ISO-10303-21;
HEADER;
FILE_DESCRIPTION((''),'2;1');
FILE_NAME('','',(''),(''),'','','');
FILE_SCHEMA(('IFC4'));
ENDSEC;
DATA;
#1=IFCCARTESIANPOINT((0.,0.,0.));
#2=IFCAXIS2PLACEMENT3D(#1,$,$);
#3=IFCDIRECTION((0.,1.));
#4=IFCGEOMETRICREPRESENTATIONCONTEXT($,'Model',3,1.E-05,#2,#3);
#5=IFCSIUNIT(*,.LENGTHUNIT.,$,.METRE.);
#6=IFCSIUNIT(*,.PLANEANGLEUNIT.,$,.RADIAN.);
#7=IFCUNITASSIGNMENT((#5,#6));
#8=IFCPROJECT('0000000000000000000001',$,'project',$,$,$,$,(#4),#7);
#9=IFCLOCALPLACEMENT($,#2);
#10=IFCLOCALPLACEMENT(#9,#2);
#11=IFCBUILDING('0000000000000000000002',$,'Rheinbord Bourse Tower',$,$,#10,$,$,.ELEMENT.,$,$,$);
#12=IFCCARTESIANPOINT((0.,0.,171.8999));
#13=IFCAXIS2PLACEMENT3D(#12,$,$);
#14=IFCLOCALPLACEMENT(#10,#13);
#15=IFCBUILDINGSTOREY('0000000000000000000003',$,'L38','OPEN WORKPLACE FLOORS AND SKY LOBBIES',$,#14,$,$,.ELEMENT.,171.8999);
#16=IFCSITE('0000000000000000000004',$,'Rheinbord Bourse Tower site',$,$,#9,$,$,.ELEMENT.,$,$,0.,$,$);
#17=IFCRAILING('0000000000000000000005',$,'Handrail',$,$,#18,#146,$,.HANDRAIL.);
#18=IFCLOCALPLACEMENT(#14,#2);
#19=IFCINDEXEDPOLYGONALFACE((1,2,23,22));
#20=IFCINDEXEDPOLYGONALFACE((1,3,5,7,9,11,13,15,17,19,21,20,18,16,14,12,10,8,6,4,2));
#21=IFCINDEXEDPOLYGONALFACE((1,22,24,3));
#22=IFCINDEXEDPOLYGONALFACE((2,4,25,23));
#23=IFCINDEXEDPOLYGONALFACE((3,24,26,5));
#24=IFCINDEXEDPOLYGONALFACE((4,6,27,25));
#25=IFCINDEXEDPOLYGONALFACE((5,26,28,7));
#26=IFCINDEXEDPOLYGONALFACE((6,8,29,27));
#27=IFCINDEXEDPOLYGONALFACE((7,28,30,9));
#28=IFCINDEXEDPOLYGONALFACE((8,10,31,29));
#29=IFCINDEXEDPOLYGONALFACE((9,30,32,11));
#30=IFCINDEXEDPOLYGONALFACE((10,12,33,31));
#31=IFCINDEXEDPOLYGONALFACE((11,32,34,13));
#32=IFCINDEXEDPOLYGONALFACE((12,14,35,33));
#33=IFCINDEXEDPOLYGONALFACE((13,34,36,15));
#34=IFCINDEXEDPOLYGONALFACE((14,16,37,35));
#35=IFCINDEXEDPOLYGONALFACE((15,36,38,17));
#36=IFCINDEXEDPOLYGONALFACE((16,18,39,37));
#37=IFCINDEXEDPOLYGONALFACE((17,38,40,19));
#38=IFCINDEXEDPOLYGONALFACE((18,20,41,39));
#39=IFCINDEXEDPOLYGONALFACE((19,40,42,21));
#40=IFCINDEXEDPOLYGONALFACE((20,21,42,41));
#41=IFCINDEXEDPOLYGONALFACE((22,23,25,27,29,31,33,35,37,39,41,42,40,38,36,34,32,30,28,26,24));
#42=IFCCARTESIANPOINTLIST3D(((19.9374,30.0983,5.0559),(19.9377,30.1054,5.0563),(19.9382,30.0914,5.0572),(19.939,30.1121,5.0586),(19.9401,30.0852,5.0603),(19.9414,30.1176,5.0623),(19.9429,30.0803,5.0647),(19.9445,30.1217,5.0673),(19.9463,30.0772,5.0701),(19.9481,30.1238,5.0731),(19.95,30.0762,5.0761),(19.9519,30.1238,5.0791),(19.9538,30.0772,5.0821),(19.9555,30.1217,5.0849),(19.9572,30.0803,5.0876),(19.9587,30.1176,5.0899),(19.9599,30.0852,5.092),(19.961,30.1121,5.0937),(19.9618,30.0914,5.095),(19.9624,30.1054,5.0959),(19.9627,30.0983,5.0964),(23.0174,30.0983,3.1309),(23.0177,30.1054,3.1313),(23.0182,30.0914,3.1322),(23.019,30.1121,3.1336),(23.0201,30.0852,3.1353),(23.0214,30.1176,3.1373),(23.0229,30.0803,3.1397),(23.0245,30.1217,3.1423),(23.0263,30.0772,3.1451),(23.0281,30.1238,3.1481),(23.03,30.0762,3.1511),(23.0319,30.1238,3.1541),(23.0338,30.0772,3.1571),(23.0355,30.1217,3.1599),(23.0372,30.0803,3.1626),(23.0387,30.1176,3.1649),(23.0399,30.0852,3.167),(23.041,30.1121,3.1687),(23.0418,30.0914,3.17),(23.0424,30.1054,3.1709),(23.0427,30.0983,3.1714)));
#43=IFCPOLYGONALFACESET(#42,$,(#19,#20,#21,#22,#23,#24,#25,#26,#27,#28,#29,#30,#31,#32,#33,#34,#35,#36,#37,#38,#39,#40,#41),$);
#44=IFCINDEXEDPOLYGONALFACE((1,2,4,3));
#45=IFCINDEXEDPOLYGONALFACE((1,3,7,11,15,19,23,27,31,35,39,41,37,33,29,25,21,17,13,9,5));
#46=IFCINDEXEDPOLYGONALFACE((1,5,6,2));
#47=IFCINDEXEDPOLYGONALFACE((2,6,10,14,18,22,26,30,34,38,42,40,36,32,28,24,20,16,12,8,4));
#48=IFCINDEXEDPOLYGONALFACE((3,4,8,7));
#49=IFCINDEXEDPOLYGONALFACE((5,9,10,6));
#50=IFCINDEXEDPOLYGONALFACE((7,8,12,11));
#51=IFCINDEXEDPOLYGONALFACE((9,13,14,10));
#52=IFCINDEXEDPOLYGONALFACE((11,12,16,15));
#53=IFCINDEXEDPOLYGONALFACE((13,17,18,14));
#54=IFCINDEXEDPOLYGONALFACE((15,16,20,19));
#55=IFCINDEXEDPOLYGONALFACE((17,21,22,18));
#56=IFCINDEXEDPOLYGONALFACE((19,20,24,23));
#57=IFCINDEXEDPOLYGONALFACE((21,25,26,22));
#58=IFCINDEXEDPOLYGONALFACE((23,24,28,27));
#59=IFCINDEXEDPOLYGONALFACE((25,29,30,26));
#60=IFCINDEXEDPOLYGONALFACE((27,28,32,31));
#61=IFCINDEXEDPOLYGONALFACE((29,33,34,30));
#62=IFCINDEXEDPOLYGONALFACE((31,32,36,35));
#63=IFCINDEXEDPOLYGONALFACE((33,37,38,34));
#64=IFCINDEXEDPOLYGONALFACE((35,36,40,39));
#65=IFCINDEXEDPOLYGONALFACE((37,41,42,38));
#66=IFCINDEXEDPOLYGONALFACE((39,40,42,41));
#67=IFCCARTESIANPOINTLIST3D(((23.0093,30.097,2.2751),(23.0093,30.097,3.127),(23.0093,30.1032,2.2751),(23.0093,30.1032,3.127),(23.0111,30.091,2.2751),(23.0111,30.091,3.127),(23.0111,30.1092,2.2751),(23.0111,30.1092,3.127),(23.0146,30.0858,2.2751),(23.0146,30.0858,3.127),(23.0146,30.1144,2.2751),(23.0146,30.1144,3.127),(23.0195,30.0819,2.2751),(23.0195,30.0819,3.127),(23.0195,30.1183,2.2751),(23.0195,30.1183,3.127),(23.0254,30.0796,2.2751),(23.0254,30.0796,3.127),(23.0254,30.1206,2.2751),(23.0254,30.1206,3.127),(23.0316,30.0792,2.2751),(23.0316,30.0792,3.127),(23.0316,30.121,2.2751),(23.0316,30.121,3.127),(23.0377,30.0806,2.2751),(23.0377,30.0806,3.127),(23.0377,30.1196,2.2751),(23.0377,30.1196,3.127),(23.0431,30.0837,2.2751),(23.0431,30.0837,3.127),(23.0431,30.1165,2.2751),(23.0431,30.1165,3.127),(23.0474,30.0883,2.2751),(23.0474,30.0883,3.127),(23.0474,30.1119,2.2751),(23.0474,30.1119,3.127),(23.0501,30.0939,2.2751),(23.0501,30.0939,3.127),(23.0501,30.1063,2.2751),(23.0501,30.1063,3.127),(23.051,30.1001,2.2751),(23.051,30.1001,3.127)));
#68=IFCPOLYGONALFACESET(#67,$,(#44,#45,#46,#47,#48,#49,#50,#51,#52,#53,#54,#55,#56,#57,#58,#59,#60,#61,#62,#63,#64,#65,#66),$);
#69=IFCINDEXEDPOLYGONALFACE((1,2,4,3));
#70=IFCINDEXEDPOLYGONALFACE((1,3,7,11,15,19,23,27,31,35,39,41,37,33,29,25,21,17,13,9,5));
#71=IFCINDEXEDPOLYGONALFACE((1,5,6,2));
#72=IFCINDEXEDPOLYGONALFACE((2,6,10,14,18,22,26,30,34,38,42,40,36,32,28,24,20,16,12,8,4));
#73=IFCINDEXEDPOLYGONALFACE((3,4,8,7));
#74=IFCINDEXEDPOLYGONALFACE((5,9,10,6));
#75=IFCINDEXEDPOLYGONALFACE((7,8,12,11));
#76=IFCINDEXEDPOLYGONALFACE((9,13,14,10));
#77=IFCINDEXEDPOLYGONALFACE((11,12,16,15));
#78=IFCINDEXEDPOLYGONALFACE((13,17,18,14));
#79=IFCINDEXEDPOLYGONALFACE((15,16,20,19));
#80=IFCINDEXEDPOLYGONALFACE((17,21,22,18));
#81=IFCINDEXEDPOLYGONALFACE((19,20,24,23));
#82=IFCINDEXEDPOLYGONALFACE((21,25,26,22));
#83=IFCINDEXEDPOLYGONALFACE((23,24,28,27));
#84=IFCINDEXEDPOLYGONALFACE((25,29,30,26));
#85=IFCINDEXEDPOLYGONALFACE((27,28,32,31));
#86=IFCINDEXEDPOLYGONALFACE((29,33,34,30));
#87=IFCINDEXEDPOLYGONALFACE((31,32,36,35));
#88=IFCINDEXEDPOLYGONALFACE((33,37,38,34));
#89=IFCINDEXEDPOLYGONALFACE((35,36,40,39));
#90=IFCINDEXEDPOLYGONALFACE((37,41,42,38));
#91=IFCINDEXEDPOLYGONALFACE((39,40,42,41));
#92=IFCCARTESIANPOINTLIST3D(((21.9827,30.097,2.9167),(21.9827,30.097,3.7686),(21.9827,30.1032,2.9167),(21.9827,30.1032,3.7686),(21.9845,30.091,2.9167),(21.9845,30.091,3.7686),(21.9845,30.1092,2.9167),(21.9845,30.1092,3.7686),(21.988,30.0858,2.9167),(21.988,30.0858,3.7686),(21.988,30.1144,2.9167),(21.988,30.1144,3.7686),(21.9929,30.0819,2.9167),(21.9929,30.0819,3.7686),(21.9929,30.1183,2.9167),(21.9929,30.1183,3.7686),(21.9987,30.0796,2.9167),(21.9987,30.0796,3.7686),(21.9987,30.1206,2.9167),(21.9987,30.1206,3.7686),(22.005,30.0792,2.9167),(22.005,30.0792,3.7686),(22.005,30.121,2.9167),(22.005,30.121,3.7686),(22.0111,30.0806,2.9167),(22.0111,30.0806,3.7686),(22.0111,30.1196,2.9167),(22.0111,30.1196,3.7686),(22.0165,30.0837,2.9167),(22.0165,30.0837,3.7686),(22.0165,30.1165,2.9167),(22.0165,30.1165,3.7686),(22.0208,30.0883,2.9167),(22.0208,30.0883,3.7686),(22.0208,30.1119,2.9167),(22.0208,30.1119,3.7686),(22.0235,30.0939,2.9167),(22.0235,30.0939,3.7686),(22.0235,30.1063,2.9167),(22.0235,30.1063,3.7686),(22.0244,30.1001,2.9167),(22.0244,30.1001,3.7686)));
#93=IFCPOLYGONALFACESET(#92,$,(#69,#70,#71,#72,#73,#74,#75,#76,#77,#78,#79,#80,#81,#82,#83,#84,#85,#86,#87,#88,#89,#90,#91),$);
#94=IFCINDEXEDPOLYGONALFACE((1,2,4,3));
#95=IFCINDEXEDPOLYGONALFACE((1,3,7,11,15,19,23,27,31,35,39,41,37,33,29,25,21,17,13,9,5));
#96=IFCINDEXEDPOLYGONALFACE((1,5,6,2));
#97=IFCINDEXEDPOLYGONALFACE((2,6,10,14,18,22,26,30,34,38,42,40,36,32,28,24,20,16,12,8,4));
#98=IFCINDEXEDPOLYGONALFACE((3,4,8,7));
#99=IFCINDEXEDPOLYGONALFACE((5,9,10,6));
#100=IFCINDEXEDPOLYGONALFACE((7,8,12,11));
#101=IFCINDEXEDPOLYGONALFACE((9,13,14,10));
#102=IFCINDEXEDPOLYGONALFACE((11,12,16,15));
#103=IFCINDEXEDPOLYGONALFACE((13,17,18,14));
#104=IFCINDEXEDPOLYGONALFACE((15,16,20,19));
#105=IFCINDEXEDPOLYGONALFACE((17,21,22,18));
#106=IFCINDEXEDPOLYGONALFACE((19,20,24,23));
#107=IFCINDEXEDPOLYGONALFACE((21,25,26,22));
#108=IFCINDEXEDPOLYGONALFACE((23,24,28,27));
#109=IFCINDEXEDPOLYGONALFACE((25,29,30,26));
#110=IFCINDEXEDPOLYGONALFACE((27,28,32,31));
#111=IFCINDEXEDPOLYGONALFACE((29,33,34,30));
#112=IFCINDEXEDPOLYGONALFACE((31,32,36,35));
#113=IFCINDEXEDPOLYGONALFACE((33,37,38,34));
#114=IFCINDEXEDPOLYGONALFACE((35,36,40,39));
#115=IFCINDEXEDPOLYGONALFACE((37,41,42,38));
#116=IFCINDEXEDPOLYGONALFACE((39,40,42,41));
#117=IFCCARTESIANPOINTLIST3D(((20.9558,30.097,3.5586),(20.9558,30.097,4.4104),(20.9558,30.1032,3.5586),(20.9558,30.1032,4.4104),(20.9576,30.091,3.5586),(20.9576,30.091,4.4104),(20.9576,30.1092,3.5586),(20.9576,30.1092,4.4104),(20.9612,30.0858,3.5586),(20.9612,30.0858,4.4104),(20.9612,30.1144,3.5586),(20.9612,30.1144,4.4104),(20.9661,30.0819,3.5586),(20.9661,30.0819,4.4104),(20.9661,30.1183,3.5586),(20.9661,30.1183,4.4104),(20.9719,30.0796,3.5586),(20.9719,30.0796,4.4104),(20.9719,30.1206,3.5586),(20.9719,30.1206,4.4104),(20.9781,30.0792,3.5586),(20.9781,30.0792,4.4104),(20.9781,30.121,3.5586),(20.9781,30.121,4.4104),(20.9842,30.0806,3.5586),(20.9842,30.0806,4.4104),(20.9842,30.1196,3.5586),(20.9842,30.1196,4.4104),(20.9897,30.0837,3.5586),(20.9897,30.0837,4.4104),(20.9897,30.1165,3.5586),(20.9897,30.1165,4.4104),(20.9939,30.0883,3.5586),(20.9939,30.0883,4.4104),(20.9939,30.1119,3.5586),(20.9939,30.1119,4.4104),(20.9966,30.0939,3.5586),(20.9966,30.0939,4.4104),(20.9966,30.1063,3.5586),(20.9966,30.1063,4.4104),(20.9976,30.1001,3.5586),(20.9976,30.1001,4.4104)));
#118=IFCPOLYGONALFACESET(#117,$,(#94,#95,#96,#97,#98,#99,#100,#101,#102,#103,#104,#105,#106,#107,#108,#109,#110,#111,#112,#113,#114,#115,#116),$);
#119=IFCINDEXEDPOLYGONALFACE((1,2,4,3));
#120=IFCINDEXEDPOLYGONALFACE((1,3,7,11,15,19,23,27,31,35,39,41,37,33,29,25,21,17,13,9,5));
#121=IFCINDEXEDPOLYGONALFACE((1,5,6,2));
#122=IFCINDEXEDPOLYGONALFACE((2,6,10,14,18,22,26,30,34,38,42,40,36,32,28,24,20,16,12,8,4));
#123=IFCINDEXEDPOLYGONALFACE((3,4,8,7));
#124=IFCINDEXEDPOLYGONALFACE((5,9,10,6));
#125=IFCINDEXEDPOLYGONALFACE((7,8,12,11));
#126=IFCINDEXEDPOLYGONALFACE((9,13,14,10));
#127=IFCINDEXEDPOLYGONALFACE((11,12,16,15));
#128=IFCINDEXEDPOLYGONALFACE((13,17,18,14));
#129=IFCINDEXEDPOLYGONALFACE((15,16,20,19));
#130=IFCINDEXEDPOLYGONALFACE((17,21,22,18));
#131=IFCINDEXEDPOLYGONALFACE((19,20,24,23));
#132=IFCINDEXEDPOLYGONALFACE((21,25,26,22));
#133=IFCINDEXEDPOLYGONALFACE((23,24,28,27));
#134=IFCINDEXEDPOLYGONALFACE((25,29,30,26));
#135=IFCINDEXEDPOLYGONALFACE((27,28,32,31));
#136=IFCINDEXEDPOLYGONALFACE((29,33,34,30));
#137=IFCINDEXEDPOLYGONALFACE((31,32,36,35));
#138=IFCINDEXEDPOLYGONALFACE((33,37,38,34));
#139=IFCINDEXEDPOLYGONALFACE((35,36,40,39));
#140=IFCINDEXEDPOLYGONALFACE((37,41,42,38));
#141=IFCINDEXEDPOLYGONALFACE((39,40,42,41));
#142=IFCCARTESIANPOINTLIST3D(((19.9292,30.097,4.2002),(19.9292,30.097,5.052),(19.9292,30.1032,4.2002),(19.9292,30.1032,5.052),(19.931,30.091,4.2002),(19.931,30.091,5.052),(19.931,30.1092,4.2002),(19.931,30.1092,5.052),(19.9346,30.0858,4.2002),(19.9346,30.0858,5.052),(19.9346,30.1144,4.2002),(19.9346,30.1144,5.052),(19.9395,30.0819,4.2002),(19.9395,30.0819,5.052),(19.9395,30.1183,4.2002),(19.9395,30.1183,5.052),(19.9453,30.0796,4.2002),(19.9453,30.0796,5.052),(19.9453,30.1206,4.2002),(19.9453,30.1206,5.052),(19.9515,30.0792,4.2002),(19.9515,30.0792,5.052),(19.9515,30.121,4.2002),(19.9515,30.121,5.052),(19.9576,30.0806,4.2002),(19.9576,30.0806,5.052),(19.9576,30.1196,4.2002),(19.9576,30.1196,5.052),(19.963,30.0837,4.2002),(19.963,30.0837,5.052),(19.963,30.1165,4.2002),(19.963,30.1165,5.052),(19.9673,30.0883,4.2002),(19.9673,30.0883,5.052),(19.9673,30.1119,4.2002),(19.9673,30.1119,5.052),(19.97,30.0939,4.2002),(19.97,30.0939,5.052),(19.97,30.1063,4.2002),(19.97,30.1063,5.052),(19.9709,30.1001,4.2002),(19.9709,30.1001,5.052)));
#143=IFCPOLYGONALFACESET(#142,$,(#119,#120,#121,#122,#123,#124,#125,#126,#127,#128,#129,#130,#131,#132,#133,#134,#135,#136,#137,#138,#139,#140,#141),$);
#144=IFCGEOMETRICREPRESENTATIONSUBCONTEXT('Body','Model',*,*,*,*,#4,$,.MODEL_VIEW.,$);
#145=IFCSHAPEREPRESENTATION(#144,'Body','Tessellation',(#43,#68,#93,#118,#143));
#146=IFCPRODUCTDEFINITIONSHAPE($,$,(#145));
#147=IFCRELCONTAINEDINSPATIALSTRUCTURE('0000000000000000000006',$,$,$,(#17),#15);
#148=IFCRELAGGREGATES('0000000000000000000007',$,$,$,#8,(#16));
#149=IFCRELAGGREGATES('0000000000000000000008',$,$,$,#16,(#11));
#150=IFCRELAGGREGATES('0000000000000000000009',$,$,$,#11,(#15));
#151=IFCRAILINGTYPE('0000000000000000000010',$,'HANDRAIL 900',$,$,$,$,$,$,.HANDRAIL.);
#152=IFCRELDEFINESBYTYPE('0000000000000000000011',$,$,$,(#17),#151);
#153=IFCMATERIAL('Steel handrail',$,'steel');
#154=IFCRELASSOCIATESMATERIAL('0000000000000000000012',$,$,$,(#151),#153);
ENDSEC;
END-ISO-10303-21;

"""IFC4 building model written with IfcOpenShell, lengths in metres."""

from ifc_helpers import new_model, si_unit, direction, frame, origin, origin_2d, place, context, subcontext, project, spatial, circle, extrude, material, type_object, element, save


model = new_model("IFC4")

# Units and contexts
model_context = context("Model", 3, precision=1e-05, world=origin(), true_north=direction((0.0, 1.0)))
body_context = subcontext(model_context, "Body", "Model", "MODEL_VIEW")
ifc_project = project(units=[si_unit("LENGTHUNIT", "METRE"), si_unit("PLANEANGLEUNIT", "RADIAN")], contexts=[model_context])

# Site, building, storey
site_placement = place(None, origin())
site = spatial("IfcSite", under=ifc_project, at=site_placement, Name="Rheinbord Bourse Tower site", CompositionType="ELEMENT", RefElevation=0.0)
building_placement = place(site_placement, origin())
building = spatial("IfcBuilding", under=site, at=building_placement, Name="Rheinbord Bourse Tower", CompositionType="ELEMENT")
storey_placement = place(building_placement, frame((0.0, 0.0, 171.8999)))
storey = spatial("IfcBuildingStorey", under=building, at=storey_placement, Name="L38", Description="OPEN WORKPLACE FLOORS AND SKY LOBBIES", CompositionType="ELEMENT", Elevation=171.8999)

# Railing
ifc_material_1 = material(Name="Steel handrail", Category="steel")
railing_type = type_object("IfcRailingType", Name="HANDRAIL 900", PredefinedType="HANDRAIL", material=ifc_material_1)
railing_1_placement = place(storey_placement, frame((23.03, 30.1001, 2.2751)))
element("IfcRailing", 1, at=railing_1_placement, inside=storey, type_object=railing_type, Name="Handrail", PredefinedType="HANDRAIL", context=body_context, shape_type="SweptSolid", body=[
    extrude(circle(Radius=0.0239, at=origin_2d()), frame((0.0, 0.0, 0.876), z_axis=(-0.847998, 0.0, 0.529999), x_axis=(0.0, -1.0, 0.0)), (0.0, 0.0, 1.0), 3.6321),
    extrude(circle(Radius=0.021, at=origin_2d()), origin(), (0.0, 0.0, 1.0), 0.8518),
    extrude(circle(Radius=0.021, at=origin_2d()), frame((-1.0266, 0.0, 0.6416)), (0.0, 0.0, 1.0), 0.8518),
    extrude(circle(Radius=0.021, at=origin_2d()), frame((-2.0535, 0.0, 1.2834)), (0.0, 0.0, 1.0), 0.8518),
    extrude(circle(Radius=0.021, at=origin_2d()), frame((-3.0801, 0.0, 1.925)), (0.0, 0.0, 1.0), 0.8518),
])

save(model, "model.ifc")
